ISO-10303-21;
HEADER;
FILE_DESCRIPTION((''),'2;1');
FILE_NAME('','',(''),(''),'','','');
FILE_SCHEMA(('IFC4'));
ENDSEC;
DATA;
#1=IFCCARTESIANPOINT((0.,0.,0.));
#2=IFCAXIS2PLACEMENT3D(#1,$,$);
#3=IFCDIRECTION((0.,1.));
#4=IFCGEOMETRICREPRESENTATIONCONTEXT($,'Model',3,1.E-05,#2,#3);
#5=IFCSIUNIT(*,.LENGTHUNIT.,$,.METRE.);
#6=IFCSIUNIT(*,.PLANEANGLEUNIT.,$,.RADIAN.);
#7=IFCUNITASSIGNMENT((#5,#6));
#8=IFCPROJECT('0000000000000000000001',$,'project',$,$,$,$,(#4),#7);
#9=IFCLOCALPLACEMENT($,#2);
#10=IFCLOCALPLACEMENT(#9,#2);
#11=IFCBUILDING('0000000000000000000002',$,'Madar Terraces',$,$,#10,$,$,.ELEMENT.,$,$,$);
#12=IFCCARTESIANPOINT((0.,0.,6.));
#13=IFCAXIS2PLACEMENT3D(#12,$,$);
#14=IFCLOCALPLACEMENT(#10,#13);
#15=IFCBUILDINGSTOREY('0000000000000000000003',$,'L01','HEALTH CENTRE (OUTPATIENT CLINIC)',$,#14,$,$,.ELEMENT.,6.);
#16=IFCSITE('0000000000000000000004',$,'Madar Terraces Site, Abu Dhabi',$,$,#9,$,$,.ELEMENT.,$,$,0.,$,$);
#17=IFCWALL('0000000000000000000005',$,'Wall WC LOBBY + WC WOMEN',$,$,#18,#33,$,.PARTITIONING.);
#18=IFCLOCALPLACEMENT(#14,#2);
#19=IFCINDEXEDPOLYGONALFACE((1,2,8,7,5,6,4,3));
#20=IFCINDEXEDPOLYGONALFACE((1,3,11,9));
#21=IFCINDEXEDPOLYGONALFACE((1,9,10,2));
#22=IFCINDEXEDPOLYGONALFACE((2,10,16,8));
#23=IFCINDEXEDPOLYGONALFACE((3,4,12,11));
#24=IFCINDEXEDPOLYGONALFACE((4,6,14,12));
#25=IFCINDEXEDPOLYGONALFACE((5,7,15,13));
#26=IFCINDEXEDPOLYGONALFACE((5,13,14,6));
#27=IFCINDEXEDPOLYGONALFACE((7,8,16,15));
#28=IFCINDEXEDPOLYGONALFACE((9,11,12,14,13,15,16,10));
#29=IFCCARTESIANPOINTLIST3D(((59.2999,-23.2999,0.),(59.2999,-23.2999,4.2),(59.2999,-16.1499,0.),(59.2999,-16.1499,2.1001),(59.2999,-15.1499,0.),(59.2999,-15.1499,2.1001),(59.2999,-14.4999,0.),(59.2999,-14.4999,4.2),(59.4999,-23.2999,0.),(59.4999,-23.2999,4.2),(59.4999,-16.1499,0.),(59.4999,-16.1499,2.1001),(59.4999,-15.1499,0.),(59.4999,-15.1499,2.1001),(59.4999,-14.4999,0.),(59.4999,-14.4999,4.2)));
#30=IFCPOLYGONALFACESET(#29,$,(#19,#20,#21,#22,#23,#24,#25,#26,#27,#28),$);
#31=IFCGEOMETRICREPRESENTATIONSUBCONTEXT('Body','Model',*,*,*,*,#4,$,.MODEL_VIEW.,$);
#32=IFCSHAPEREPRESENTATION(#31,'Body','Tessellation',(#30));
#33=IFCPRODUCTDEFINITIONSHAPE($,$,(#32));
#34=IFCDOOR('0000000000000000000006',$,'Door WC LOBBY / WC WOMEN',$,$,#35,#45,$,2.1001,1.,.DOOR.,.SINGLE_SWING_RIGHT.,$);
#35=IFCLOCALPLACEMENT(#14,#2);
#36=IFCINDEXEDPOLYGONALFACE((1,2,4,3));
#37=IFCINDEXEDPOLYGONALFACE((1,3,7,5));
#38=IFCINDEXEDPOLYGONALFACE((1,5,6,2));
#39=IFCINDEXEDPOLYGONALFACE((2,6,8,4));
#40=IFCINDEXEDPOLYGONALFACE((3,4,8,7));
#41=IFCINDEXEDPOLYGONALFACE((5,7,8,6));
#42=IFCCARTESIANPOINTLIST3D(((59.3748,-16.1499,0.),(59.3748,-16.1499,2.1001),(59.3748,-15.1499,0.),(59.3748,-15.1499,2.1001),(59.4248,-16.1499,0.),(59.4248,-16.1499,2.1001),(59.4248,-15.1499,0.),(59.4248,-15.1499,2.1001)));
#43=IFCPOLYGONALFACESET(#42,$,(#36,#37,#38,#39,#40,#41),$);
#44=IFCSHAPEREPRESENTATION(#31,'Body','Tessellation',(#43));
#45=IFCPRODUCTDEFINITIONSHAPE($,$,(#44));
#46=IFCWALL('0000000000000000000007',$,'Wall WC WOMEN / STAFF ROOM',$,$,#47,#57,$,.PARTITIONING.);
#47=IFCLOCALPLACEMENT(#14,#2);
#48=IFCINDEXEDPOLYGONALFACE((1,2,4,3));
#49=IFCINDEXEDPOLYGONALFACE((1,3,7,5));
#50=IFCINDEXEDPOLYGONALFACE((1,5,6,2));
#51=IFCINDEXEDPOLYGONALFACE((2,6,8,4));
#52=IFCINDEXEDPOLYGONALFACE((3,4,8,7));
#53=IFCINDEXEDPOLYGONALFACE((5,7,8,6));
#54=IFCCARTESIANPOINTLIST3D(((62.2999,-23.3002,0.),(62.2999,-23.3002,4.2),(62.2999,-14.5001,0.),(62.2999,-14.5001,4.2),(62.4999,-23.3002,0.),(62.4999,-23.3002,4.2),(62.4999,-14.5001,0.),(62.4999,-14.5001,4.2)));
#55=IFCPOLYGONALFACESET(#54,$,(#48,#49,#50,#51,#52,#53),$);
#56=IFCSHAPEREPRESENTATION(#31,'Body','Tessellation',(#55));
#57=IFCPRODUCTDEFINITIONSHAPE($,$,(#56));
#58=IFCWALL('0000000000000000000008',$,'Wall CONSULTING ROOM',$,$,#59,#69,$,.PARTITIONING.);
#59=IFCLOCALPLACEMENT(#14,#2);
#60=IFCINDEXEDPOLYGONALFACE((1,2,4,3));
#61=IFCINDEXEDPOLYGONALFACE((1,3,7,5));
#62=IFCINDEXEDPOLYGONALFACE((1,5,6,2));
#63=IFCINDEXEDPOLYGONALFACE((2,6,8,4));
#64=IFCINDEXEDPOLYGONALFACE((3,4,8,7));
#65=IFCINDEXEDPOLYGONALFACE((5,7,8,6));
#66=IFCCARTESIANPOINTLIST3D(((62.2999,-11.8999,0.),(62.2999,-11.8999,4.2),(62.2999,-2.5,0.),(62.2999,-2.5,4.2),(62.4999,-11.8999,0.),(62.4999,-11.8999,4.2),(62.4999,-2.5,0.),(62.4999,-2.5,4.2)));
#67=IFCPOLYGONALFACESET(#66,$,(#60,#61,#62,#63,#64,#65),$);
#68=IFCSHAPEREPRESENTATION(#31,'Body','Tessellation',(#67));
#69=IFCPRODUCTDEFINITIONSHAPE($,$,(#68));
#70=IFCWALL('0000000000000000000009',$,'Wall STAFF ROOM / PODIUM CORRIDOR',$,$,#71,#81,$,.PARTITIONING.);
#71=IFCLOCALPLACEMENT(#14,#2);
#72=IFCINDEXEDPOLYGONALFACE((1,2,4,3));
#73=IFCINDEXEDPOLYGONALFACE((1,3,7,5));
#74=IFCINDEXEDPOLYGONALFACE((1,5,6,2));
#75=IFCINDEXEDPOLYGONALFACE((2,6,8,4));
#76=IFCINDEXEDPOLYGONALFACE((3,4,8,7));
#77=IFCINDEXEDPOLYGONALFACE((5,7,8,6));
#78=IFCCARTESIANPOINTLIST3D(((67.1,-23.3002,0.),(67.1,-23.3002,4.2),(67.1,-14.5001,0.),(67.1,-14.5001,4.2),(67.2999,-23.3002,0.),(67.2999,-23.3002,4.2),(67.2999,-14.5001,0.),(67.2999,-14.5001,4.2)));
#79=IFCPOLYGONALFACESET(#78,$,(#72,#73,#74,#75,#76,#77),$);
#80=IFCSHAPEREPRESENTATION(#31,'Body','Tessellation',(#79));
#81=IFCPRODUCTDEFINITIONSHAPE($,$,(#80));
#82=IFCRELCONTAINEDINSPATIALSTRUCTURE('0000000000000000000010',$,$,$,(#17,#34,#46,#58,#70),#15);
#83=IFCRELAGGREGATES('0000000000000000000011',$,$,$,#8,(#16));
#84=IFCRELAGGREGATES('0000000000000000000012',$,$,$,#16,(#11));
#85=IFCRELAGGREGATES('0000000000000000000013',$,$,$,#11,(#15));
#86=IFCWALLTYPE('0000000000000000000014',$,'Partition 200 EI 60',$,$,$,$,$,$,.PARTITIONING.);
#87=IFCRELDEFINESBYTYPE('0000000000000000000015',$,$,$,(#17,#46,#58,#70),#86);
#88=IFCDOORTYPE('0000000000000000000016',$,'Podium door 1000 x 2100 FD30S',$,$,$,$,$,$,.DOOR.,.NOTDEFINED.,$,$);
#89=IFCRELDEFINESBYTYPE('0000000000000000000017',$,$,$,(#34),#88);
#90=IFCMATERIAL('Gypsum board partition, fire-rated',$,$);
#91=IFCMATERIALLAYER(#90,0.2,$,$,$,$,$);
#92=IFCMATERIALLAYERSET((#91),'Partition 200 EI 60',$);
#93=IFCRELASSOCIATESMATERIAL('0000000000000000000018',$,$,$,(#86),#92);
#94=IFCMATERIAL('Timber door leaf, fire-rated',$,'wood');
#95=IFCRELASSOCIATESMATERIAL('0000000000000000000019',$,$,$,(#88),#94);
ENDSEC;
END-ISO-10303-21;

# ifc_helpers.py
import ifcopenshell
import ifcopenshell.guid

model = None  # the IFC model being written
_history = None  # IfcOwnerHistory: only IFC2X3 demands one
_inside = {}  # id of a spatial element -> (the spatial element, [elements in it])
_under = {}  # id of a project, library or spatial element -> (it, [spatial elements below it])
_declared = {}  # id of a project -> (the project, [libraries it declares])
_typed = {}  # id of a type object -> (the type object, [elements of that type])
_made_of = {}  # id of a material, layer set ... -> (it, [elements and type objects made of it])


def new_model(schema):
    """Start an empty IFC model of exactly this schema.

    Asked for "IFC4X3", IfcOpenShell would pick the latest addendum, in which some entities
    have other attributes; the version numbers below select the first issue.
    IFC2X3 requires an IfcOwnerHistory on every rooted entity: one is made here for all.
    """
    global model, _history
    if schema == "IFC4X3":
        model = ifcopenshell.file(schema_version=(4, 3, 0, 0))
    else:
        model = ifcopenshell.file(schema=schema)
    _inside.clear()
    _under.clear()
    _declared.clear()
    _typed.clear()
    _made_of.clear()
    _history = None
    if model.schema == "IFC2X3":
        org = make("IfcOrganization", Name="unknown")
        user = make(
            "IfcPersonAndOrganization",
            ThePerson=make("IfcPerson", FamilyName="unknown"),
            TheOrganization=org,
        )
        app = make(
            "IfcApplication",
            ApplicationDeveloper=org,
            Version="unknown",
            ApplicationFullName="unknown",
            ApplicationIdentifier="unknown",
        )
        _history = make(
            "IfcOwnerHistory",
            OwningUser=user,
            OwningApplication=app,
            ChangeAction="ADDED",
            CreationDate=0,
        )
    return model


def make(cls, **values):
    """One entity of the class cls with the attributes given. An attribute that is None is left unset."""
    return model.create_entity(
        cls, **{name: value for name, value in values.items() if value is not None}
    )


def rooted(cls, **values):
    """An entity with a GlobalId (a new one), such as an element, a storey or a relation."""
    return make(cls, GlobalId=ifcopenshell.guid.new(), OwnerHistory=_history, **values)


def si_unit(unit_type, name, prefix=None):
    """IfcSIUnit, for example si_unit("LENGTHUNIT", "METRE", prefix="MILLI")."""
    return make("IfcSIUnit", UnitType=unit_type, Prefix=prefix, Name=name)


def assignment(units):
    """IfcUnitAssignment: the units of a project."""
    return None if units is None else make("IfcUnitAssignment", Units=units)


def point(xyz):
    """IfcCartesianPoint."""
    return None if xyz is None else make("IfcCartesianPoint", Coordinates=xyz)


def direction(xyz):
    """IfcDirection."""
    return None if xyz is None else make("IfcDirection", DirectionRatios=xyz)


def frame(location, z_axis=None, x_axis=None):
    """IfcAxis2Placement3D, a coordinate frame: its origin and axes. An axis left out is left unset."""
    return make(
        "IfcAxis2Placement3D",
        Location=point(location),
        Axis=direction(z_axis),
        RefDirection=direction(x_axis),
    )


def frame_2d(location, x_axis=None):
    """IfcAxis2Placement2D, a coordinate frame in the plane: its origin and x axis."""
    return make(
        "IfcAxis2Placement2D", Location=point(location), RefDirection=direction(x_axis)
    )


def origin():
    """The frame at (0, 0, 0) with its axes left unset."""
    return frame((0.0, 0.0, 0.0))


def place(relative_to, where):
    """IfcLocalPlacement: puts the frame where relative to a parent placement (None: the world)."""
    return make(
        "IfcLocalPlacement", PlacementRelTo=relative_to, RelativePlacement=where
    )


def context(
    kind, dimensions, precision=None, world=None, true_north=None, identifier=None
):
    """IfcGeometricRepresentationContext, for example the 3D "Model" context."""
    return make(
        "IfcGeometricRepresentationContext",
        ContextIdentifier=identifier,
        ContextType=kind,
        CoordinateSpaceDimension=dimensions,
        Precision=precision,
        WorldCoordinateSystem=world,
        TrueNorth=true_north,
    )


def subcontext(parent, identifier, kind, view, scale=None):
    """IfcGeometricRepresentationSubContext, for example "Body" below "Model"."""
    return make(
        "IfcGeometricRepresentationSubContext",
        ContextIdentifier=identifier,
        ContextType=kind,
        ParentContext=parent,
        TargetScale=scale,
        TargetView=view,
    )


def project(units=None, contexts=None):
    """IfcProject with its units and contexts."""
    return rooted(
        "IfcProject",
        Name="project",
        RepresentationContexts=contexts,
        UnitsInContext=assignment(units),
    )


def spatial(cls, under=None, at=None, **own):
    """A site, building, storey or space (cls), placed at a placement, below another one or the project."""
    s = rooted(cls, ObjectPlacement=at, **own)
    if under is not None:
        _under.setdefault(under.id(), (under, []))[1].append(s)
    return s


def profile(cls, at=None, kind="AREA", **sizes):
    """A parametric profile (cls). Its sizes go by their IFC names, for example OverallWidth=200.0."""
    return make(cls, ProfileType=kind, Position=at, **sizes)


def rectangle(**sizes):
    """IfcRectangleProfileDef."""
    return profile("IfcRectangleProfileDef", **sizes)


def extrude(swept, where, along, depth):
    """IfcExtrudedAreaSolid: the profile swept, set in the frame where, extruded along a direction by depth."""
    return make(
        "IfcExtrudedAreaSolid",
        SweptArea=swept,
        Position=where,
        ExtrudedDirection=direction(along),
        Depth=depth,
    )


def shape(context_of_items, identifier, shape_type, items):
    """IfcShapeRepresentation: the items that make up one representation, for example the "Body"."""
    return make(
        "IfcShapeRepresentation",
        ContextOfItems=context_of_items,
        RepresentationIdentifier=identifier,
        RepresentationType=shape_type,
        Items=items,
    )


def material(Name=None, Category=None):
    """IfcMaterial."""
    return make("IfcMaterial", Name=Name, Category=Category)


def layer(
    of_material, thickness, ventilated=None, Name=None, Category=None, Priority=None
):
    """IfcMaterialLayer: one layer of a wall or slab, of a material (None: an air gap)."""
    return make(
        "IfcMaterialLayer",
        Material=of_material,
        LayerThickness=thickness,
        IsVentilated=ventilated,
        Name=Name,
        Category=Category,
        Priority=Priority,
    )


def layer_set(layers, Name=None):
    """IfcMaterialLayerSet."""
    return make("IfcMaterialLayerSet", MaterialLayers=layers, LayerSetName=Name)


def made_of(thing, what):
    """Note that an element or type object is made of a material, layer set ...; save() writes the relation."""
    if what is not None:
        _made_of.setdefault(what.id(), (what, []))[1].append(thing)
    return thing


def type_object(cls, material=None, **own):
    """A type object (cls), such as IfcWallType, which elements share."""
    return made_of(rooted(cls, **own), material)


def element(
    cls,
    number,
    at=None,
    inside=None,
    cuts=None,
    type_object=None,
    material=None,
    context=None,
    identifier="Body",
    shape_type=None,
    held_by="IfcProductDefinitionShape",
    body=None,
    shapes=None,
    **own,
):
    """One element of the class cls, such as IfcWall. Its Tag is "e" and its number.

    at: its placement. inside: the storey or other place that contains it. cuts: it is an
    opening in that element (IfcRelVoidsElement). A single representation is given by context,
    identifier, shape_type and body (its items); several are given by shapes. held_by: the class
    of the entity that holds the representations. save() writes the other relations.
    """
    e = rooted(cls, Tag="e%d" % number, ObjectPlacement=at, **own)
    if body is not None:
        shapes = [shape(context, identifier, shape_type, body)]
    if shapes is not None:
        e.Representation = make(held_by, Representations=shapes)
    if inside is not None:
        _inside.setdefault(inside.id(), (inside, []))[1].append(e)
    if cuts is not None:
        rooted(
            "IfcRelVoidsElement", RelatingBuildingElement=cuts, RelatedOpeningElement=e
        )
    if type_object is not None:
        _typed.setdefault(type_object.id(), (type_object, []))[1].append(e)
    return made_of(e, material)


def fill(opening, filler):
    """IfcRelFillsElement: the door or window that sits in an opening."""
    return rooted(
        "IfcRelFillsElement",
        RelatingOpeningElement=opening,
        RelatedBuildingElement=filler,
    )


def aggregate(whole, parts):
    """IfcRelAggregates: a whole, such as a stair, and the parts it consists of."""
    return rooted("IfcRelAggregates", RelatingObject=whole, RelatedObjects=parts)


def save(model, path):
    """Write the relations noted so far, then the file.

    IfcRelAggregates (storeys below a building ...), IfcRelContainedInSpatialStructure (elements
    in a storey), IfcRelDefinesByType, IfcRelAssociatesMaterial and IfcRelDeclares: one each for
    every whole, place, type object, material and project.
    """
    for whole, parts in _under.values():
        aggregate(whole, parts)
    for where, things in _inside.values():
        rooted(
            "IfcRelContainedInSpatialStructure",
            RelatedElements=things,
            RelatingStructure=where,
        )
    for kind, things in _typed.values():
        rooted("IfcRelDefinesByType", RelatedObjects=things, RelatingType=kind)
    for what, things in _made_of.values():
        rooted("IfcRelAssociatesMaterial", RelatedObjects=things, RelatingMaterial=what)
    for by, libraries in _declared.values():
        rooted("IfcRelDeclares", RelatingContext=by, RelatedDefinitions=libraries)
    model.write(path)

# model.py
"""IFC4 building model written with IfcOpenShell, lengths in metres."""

from ifc_helpers import new_model, si_unit, direction, frame, frame_2d, origin, place, context, subcontext, project, spatial, rectangle, extrude, material, layer, layer_set, type_object, element, fill, save


model = new_model("IFC4")

# Units and contexts
model_context = context("Model", 3, precision=1e-05, world=origin(), true_north=direction((0.0, 1.0)))
body_context = subcontext(model_context, "Body", "Model", "MODEL_VIEW")
ifc_project = project(units=[si_unit("LENGTHUNIT", "METRE"), si_unit("PLANEANGLEUNIT", "RADIAN")], contexts=[model_context])

# Site, building, storey
site_placement = place(None, origin())
site = spatial("IfcSite", under=ifc_project, at=site_placement, Name="Madar Terraces Site, Abu Dhabi", CompositionType="ELEMENT", RefElevation=0.0)
building_placement = place(site_placement, origin())
building = spatial("IfcBuilding", under=site, at=building_placement, Name="Madar Terraces", CompositionType="ELEMENT")
storey_placement = place(building_placement, frame((0.0, 0.0, 6.0)))
storey = spatial("IfcBuildingStorey", under=building, at=storey_placement, Name="L01", Description="HEALTH CENTRE (OUTPATIENT CLINIC)", CompositionType="ELEMENT", Elevation=6.0)

# Shared definitions
ifc_material_1 = material(Name="Gypsum board partition, fire-rated")
ifc_layer_1 = layer(ifc_material_1, 0.2)
ifc_layer_set_1 = layer_set([ifc_layer_1], Name="Partition 200 EI 60")
wall_type = type_object("IfcWallType", Name="Partition 200 EI 60", PredefinedType="PARTITIONING", material=ifc_layer_set_1)
ifc_material_2 = material(Name="Timber door leaf, fire-rated", Category="wood")
door_type_1 = type_object("IfcDoorType", Name="Podium door 1000 x 2100 FD30S", OperationType="NOTDEFINED", PredefinedType="DOOR", material=ifc_material_2)

# Wall, opening, door
wall_1_placement = place(storey_placement, frame((59.3999, -14.5, 0.0), z_axis=(0.0, 0.0, 1.0), x_axis=(0.0, -1.0, 0.0)))
wall_1 = element("IfcWall", 1, at=wall_1_placement, inside=storey, type_object=wall_type, Name="Wall WC LOBBY + WC WOMEN", PredefinedType="PARTITIONING", context=body_context, shape_type="SweptSolid", body=[
    extrude(rectangle(XDim=8.8, YDim=0.2, at=frame_2d((4.3999, 0.0))), origin(), (0.0, 0.0, 1.0), 4.2),
])
opening_1_placement = place(wall_1_placement, frame((0.6499, 0.0, 0.0)))
opening_1 = element("IfcOpeningElement", 2, at=opening_1_placement, cuts=wall_1, PredefinedType="OPENING", context=body_context, shape_type="SweptSolid", body=[
    extrude(rectangle(XDim=1.0, YDim=2.1001, at=frame_2d((0.5, 1.05))), frame((0.0, 0.1099, 0.0), z_axis=(0.0, -1.0, 0.0), x_axis=(1.0, 0.0, 0.0)), (0.0, 0.0, 1.0), 0.22),
])
door_1_placement = place(opening_1_placement, origin())
door_1 = element("IfcDoor", 3, at=door_1_placement, inside=storey, type_object=door_type_1, Name="Door WC LOBBY / WC WOMEN", OperationType="SINGLE_SWING_RIGHT", OverallHeight=2.1001, OverallWidth=1.0, PredefinedType="DOOR", context=body_context, shape_type="SweptSolid", body=[
    extrude(rectangle(XDim=1.0, YDim=2.1001, at=frame_2d((0.5, 1.05))), frame((0.0, 0.0249, 0.0), z_axis=(0.0, -1.0, 0.0), x_axis=(1.0, 0.0, 0.0)), (0.0, 0.0, 1.0), 0.05),
])
fill(opening_1, door_1)

# Walls
wall_2_placement = place(storey_placement, frame((62.3999, -23.3, 0.0), z_axis=(0.0, 0.0, 1.0), x_axis=(0.0, 1.0, 0.0)))
element("IfcWall", 4, at=wall_2_placement, inside=storey, type_object=wall_type, Name="Wall WC WOMEN / STAFF ROOM", PredefinedType="PARTITIONING", context=body_context, shape_type="SweptSolid", body=[
    extrude(rectangle(XDim=8.8, YDim=0.2, at=frame_2d((4.3999, 0.0))), origin(), (0.0, 0.0, 1.0), 4.2),
])
wall_3_placement = place(storey_placement, frame((62.3999, -11.8999, 0.0), z_axis=(0.0, 0.0, 1.0), x_axis=(0.0, 1.0, 0.0)))
element("IfcWall", 5, at=wall_3_placement, inside=storey, type_object=wall_type, Name="Wall CONSULTING ROOM", PredefinedType="PARTITIONING", context=body_context, shape_type="SweptSolid", body=[
    extrude(rectangle(XDim=9.3999, YDim=0.2, at=frame_2d((4.7, 0.0))), origin(), (0.0, 0.0, 1.0), 4.2),
])
wall_4_placement = place(storey_placement, frame((67.2, -23.3, 0.0), z_axis=(0.0, 0.0, 1.0), x_axis=(0.0, 1.0, 0.0)))
element("IfcWall", 6, at=wall_4_placement, inside=storey, type_object=wall_type, Name="Wall STAFF ROOM / PODIUM CORRIDOR", PredefinedType="PARTITIONING", context=body_context, shape_type="SweptSolid", body=[
    extrude(rectangle(XDim=8.8, YDim=0.2, at=frame_2d((4.3999, 0.0))), origin(), (0.0, 0.0, 1.0), 4.2),
])

save(model, "model.ifc")
